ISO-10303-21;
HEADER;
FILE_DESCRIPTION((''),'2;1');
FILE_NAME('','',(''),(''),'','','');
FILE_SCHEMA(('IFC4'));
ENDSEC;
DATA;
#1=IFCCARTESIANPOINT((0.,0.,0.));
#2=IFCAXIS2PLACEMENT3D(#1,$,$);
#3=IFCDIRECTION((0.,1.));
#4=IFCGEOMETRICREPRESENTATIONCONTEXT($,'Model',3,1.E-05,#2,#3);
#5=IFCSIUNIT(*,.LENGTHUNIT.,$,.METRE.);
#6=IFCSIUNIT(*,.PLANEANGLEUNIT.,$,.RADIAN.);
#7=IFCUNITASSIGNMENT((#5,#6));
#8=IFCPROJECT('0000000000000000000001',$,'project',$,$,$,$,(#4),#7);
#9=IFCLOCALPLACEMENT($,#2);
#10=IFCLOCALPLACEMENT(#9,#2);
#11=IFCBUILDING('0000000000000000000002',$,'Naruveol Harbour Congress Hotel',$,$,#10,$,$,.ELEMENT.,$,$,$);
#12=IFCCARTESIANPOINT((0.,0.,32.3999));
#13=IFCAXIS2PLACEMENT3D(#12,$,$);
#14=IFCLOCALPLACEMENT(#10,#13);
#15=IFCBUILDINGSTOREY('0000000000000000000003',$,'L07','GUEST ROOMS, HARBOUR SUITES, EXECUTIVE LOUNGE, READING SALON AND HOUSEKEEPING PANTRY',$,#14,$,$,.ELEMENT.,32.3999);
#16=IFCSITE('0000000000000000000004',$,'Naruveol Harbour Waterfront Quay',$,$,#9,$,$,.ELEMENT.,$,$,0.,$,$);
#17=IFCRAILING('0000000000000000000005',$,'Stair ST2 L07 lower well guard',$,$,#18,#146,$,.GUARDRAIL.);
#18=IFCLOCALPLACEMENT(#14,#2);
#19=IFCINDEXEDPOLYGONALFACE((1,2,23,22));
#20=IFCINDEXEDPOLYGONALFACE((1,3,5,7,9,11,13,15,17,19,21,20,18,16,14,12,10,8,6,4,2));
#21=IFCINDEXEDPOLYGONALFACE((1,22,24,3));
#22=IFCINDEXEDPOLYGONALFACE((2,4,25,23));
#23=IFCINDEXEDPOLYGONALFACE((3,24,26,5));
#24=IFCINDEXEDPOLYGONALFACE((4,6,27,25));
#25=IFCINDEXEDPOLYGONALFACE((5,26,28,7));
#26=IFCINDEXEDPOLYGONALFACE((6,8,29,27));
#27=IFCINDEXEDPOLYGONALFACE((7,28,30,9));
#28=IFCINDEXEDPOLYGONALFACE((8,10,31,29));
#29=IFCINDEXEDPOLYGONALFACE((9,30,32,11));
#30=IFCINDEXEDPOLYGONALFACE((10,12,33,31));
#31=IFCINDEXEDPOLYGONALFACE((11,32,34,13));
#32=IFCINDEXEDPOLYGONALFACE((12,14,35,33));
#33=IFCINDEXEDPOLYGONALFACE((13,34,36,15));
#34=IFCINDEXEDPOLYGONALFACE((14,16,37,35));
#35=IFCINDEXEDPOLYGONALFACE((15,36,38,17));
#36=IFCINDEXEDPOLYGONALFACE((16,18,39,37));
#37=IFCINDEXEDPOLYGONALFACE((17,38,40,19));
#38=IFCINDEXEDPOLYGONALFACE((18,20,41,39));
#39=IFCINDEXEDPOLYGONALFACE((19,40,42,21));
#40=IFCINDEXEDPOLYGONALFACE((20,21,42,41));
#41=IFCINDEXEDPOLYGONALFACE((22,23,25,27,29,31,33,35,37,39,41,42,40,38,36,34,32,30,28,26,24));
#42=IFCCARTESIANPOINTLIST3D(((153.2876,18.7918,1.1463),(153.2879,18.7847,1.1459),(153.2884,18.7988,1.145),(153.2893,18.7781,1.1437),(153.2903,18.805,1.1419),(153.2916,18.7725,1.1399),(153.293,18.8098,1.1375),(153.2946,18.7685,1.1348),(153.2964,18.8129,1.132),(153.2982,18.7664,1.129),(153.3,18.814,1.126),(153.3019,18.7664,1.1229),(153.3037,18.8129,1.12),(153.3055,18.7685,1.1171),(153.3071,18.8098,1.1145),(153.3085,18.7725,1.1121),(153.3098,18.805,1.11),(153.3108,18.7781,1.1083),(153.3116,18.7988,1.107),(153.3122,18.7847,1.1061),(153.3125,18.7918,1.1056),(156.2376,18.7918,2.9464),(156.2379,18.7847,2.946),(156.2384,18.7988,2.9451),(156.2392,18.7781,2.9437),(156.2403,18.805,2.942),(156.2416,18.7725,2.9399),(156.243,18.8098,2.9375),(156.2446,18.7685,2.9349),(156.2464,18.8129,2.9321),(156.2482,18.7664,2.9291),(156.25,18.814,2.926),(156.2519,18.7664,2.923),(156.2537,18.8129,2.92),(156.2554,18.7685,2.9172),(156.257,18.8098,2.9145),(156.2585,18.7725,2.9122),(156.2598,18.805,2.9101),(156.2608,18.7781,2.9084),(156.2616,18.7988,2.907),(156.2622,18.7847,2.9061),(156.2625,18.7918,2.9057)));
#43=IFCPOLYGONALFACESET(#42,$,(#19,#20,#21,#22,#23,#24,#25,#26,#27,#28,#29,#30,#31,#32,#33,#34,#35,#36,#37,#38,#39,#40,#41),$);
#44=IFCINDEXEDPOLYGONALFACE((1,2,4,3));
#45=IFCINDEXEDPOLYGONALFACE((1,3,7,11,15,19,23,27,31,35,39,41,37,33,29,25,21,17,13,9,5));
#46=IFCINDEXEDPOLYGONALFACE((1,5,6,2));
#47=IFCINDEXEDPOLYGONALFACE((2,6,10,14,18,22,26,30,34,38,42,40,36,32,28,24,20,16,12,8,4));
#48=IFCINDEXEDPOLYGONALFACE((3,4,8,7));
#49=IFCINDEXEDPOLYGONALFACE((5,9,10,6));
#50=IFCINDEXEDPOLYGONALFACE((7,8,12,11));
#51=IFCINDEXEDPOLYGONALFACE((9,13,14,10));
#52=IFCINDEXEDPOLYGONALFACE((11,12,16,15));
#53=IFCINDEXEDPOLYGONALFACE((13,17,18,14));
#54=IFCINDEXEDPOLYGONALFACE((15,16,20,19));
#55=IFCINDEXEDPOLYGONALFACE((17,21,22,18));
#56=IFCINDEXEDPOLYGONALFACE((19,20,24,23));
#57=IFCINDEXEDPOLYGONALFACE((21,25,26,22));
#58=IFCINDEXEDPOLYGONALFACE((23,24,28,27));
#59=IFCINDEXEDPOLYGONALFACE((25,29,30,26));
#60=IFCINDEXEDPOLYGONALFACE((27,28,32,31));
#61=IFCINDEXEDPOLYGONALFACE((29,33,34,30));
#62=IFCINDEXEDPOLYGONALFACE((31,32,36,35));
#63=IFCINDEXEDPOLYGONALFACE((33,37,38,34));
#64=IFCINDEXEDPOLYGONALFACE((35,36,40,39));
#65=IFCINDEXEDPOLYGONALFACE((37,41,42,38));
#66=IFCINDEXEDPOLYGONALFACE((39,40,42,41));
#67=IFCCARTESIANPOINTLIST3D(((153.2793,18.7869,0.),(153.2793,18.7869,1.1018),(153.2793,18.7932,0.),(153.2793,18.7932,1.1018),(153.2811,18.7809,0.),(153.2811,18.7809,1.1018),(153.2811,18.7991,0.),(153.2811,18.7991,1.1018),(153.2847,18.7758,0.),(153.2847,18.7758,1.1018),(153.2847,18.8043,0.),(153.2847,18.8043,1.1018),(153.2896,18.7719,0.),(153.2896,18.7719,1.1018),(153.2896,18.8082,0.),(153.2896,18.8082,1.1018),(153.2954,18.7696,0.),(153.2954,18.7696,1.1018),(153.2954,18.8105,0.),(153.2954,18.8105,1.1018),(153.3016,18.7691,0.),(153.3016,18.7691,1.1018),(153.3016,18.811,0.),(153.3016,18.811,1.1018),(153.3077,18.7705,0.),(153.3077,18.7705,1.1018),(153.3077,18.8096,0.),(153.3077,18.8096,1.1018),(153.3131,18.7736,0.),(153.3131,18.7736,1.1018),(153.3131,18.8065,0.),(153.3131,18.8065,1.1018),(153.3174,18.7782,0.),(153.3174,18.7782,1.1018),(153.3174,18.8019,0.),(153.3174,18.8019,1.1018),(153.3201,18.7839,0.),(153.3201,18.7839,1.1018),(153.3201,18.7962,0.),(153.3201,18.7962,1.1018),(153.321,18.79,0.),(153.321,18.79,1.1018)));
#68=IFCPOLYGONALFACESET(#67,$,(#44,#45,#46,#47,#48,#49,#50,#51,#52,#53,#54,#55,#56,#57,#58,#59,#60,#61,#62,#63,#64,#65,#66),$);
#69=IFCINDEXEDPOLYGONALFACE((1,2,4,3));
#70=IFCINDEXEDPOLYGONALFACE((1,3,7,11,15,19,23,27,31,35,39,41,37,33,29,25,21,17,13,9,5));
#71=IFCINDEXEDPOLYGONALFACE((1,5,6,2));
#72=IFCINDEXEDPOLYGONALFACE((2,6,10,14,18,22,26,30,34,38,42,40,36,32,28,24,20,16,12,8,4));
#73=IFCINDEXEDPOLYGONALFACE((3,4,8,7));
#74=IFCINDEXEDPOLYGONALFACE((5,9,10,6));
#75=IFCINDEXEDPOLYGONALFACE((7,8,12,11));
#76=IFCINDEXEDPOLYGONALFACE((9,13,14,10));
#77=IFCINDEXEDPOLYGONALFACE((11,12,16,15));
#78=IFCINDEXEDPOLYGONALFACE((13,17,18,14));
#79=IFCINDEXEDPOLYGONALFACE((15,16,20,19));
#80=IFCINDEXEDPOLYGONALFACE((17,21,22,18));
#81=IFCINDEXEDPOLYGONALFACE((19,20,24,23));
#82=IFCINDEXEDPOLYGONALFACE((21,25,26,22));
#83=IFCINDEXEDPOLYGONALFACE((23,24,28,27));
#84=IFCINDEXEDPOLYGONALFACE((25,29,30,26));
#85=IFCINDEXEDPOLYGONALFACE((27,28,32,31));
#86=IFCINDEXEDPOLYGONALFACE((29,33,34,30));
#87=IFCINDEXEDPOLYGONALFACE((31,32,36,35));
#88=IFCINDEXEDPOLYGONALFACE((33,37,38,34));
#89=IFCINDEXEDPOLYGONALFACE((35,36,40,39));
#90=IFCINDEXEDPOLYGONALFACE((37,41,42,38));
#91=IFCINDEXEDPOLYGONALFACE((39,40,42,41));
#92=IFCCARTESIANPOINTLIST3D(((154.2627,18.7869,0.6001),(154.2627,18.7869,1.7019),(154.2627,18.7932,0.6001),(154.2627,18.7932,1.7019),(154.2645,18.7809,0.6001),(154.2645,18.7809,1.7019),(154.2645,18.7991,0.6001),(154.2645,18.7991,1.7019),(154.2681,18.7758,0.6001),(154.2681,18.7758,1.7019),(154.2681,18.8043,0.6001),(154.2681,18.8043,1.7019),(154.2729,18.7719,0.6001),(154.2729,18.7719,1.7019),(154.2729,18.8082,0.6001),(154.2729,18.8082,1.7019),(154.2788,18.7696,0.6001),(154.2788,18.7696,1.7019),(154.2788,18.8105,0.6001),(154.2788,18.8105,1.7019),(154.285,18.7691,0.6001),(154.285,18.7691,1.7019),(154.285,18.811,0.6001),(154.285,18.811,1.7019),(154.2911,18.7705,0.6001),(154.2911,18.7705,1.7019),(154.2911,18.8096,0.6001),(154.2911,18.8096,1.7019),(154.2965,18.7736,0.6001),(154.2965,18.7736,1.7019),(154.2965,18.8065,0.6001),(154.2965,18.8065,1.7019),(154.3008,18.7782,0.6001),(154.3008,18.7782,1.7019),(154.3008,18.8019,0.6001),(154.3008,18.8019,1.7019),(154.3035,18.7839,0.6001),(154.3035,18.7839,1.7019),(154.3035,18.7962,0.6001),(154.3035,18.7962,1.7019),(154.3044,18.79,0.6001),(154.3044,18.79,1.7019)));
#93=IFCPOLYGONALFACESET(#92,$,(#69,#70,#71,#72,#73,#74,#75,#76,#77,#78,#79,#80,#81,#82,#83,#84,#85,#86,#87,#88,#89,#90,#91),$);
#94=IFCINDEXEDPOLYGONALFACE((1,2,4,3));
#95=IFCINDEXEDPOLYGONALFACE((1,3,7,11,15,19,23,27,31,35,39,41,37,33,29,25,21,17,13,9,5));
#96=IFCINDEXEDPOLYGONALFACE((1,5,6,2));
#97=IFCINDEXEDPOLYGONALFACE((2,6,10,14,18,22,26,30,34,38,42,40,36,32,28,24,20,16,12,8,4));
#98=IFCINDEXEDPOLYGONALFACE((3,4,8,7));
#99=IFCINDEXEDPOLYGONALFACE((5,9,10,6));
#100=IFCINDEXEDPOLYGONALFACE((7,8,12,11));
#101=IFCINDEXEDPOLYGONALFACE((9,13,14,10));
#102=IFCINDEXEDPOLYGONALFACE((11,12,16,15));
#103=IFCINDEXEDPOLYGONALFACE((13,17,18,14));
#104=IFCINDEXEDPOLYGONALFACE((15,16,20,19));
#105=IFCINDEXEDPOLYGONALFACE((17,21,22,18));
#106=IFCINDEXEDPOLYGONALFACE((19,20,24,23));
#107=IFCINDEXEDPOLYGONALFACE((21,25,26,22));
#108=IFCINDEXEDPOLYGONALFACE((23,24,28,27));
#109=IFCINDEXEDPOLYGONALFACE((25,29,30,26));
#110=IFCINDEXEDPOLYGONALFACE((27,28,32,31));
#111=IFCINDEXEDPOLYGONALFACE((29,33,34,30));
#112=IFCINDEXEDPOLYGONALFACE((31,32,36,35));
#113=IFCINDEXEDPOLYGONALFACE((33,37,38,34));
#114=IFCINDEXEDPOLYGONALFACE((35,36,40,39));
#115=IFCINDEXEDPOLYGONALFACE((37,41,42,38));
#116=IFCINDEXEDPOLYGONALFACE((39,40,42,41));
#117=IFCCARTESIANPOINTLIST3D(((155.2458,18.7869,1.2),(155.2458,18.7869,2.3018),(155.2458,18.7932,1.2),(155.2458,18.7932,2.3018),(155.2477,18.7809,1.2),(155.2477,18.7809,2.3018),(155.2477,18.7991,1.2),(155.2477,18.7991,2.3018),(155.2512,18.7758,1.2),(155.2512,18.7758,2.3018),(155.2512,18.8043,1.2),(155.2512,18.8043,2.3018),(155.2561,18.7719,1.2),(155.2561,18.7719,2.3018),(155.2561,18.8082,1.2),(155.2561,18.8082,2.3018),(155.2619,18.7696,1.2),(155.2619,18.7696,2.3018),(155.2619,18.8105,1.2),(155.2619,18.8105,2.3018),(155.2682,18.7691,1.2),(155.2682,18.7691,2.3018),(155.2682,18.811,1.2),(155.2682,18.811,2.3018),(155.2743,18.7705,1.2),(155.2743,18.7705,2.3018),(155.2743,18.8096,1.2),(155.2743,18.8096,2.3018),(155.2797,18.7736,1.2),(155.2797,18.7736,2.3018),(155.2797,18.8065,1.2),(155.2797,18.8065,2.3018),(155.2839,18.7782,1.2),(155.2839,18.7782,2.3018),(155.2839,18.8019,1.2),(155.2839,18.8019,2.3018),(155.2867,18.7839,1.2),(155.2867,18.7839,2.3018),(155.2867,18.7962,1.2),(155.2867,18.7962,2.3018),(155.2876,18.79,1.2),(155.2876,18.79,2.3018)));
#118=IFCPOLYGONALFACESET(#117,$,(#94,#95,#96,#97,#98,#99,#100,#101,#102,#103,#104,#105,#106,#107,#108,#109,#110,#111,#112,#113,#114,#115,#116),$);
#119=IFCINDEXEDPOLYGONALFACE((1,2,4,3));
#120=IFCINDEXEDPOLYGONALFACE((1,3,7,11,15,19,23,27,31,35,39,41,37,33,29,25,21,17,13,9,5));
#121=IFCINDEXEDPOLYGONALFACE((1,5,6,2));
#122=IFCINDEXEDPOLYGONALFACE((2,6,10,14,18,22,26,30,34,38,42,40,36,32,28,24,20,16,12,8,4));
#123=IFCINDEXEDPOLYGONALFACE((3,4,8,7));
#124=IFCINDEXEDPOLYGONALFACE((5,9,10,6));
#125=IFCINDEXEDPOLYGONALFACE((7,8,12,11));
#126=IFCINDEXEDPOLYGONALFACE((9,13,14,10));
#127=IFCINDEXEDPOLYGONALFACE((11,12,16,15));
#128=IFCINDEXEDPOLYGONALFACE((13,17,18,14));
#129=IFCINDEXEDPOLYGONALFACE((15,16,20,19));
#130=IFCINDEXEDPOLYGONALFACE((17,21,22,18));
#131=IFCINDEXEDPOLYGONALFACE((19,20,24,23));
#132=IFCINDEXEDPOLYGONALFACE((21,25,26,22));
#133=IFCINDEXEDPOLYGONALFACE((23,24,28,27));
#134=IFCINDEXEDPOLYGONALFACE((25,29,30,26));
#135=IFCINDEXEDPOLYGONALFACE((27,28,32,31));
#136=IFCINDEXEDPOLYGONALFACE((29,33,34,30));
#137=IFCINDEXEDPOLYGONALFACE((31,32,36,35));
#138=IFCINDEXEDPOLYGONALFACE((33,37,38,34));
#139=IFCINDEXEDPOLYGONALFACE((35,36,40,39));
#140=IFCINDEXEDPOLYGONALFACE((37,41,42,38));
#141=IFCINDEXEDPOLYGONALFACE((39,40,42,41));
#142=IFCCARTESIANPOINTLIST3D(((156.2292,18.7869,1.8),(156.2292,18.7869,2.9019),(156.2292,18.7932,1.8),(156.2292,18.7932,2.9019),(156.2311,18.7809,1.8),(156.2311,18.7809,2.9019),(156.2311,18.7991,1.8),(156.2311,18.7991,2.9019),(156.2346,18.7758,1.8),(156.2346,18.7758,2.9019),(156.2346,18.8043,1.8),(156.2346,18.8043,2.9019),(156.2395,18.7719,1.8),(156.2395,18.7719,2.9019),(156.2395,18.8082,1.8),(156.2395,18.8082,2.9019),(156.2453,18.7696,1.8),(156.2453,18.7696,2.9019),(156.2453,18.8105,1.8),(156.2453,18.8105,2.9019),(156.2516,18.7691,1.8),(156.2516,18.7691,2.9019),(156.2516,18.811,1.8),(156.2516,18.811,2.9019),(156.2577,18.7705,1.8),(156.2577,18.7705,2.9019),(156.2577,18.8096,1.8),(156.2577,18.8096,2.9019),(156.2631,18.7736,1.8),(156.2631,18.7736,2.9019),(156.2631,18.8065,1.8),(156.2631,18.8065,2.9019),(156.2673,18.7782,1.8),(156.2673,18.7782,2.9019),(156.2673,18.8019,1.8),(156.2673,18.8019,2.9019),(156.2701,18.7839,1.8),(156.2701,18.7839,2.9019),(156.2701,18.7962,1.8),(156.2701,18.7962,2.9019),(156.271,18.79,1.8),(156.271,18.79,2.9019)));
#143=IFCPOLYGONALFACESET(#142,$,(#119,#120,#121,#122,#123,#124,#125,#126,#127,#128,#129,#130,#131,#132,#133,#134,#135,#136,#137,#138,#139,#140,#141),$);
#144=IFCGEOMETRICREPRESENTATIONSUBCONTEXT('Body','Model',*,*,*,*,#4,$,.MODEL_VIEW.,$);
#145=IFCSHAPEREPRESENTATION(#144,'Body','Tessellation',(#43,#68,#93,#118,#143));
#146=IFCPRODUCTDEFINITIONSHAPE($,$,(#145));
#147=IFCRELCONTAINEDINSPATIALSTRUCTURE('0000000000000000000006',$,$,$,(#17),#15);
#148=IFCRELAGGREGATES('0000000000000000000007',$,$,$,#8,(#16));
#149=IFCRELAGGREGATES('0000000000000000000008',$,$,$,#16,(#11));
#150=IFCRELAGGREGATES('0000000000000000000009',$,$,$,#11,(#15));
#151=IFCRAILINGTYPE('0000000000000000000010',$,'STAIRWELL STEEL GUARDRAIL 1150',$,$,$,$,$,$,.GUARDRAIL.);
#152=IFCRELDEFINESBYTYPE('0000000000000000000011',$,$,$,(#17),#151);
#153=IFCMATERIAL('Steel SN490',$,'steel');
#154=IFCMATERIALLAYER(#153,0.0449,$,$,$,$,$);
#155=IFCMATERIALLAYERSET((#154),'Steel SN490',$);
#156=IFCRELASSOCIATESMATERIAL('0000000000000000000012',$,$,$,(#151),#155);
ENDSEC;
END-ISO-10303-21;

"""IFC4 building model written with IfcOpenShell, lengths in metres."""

from ifc_helpers import new_model, si_unit, direction, frame, origin, origin_2d, place, context, subcontext, project, spatial, circle, extrude, material, layer, layer_set, type_object, element, save


model = new_model("IFC4")

# Units and contexts
model_context = context("Model", 3, precision=1e-05, world=origin(), true_north=direction((0.0, 1.0)))
body_context = subcontext(model_context, "Body", "Model", "MODEL_VIEW")
ifc_project = project(units=[si_unit("LENGTHUNIT", "METRE"), si_unit("PLANEANGLEUNIT", "RADIAN")], contexts=[model_context])

# Site, building, storey
site_placement = place(None, origin())
site = spatial("IfcSite", under=ifc_project, at=site_placement, Name="Naruveol Harbour Waterfront Quay", CompositionType="ELEMENT", RefElevation=0.0)
building_placement = place(site_placement, origin())
building = spatial("IfcBuilding", under=site, at=building_placement, Name="Naruveol Harbour Congress Hotel", CompositionType="ELEMENT")
storey_placement = place(building_placement, frame((0.0, 0.0, 32.3999)))
storey = spatial("IfcBuildingStorey", under=building, at=storey_placement, Name="L07", Description="GUEST ROOMS, HARBOUR SUITES, EXECUTIVE LOUNGE, READING SALON AND HOUSEKEEPING PANTRY", CompositionType="ELEMENT", Elevation=32.3999)

# Railing
ifc_material_1 = material(Name="Steel SN490", Category="steel")
ifc_layer_1 = layer(ifc_material_1, 0.0449)
ifc_layer_set_1 = layer_set([ifc_layer_1], Name="Steel SN490")
railing_type_1 = type_object("IfcRailingType", Name="STAIRWELL STEEL GUARDRAIL 1150", PredefinedType="GUARDRAIL", material=ifc_layer_set_1)
railing_1_placement = place(storey_placement, frame((153.3, 18.79, 0.0)))
element("IfcRailing", 1, at=railing_1_placement, inside=storey, type_object=railing_type_1, Name="Stair ST2 L07 lower well guard", PredefinedType="GUARDRAIL", context=body_context, shape_type="SweptSolid", body=[
    extrude(circle(Radius=0.0239, at=origin_2d()), frame((0.0, 0.0, 1.126), z_axis=(0.853629, 0.0, 0.520881), x_axis=(0.0, 1.0, 0.0)), (0.0, 0.0, 1.0), 3.4558),
    extrude(circle(Radius=0.021, at=origin_2d()), origin(), (0.0, 0.0, 1.0), 1.1018),
    extrude(circle(Radius=0.021, at=origin_2d()), frame((0.9834, 0.0, 0.6001)), (0.0, 0.0, 1.0), 1.1018),
    extrude(circle(Radius=0.021, at=origin_2d()), frame((1.9666, 0.0, 1.2)), (0.0, 0.0, 1.0), 1.1018),
    extrude(circle(Radius=0.021, at=origin_2d()), frame((2.95, 0.0, 1.8)), (0.0, 0.0, 1.0), 1.1018),
])

save(model, "model.ifc")
